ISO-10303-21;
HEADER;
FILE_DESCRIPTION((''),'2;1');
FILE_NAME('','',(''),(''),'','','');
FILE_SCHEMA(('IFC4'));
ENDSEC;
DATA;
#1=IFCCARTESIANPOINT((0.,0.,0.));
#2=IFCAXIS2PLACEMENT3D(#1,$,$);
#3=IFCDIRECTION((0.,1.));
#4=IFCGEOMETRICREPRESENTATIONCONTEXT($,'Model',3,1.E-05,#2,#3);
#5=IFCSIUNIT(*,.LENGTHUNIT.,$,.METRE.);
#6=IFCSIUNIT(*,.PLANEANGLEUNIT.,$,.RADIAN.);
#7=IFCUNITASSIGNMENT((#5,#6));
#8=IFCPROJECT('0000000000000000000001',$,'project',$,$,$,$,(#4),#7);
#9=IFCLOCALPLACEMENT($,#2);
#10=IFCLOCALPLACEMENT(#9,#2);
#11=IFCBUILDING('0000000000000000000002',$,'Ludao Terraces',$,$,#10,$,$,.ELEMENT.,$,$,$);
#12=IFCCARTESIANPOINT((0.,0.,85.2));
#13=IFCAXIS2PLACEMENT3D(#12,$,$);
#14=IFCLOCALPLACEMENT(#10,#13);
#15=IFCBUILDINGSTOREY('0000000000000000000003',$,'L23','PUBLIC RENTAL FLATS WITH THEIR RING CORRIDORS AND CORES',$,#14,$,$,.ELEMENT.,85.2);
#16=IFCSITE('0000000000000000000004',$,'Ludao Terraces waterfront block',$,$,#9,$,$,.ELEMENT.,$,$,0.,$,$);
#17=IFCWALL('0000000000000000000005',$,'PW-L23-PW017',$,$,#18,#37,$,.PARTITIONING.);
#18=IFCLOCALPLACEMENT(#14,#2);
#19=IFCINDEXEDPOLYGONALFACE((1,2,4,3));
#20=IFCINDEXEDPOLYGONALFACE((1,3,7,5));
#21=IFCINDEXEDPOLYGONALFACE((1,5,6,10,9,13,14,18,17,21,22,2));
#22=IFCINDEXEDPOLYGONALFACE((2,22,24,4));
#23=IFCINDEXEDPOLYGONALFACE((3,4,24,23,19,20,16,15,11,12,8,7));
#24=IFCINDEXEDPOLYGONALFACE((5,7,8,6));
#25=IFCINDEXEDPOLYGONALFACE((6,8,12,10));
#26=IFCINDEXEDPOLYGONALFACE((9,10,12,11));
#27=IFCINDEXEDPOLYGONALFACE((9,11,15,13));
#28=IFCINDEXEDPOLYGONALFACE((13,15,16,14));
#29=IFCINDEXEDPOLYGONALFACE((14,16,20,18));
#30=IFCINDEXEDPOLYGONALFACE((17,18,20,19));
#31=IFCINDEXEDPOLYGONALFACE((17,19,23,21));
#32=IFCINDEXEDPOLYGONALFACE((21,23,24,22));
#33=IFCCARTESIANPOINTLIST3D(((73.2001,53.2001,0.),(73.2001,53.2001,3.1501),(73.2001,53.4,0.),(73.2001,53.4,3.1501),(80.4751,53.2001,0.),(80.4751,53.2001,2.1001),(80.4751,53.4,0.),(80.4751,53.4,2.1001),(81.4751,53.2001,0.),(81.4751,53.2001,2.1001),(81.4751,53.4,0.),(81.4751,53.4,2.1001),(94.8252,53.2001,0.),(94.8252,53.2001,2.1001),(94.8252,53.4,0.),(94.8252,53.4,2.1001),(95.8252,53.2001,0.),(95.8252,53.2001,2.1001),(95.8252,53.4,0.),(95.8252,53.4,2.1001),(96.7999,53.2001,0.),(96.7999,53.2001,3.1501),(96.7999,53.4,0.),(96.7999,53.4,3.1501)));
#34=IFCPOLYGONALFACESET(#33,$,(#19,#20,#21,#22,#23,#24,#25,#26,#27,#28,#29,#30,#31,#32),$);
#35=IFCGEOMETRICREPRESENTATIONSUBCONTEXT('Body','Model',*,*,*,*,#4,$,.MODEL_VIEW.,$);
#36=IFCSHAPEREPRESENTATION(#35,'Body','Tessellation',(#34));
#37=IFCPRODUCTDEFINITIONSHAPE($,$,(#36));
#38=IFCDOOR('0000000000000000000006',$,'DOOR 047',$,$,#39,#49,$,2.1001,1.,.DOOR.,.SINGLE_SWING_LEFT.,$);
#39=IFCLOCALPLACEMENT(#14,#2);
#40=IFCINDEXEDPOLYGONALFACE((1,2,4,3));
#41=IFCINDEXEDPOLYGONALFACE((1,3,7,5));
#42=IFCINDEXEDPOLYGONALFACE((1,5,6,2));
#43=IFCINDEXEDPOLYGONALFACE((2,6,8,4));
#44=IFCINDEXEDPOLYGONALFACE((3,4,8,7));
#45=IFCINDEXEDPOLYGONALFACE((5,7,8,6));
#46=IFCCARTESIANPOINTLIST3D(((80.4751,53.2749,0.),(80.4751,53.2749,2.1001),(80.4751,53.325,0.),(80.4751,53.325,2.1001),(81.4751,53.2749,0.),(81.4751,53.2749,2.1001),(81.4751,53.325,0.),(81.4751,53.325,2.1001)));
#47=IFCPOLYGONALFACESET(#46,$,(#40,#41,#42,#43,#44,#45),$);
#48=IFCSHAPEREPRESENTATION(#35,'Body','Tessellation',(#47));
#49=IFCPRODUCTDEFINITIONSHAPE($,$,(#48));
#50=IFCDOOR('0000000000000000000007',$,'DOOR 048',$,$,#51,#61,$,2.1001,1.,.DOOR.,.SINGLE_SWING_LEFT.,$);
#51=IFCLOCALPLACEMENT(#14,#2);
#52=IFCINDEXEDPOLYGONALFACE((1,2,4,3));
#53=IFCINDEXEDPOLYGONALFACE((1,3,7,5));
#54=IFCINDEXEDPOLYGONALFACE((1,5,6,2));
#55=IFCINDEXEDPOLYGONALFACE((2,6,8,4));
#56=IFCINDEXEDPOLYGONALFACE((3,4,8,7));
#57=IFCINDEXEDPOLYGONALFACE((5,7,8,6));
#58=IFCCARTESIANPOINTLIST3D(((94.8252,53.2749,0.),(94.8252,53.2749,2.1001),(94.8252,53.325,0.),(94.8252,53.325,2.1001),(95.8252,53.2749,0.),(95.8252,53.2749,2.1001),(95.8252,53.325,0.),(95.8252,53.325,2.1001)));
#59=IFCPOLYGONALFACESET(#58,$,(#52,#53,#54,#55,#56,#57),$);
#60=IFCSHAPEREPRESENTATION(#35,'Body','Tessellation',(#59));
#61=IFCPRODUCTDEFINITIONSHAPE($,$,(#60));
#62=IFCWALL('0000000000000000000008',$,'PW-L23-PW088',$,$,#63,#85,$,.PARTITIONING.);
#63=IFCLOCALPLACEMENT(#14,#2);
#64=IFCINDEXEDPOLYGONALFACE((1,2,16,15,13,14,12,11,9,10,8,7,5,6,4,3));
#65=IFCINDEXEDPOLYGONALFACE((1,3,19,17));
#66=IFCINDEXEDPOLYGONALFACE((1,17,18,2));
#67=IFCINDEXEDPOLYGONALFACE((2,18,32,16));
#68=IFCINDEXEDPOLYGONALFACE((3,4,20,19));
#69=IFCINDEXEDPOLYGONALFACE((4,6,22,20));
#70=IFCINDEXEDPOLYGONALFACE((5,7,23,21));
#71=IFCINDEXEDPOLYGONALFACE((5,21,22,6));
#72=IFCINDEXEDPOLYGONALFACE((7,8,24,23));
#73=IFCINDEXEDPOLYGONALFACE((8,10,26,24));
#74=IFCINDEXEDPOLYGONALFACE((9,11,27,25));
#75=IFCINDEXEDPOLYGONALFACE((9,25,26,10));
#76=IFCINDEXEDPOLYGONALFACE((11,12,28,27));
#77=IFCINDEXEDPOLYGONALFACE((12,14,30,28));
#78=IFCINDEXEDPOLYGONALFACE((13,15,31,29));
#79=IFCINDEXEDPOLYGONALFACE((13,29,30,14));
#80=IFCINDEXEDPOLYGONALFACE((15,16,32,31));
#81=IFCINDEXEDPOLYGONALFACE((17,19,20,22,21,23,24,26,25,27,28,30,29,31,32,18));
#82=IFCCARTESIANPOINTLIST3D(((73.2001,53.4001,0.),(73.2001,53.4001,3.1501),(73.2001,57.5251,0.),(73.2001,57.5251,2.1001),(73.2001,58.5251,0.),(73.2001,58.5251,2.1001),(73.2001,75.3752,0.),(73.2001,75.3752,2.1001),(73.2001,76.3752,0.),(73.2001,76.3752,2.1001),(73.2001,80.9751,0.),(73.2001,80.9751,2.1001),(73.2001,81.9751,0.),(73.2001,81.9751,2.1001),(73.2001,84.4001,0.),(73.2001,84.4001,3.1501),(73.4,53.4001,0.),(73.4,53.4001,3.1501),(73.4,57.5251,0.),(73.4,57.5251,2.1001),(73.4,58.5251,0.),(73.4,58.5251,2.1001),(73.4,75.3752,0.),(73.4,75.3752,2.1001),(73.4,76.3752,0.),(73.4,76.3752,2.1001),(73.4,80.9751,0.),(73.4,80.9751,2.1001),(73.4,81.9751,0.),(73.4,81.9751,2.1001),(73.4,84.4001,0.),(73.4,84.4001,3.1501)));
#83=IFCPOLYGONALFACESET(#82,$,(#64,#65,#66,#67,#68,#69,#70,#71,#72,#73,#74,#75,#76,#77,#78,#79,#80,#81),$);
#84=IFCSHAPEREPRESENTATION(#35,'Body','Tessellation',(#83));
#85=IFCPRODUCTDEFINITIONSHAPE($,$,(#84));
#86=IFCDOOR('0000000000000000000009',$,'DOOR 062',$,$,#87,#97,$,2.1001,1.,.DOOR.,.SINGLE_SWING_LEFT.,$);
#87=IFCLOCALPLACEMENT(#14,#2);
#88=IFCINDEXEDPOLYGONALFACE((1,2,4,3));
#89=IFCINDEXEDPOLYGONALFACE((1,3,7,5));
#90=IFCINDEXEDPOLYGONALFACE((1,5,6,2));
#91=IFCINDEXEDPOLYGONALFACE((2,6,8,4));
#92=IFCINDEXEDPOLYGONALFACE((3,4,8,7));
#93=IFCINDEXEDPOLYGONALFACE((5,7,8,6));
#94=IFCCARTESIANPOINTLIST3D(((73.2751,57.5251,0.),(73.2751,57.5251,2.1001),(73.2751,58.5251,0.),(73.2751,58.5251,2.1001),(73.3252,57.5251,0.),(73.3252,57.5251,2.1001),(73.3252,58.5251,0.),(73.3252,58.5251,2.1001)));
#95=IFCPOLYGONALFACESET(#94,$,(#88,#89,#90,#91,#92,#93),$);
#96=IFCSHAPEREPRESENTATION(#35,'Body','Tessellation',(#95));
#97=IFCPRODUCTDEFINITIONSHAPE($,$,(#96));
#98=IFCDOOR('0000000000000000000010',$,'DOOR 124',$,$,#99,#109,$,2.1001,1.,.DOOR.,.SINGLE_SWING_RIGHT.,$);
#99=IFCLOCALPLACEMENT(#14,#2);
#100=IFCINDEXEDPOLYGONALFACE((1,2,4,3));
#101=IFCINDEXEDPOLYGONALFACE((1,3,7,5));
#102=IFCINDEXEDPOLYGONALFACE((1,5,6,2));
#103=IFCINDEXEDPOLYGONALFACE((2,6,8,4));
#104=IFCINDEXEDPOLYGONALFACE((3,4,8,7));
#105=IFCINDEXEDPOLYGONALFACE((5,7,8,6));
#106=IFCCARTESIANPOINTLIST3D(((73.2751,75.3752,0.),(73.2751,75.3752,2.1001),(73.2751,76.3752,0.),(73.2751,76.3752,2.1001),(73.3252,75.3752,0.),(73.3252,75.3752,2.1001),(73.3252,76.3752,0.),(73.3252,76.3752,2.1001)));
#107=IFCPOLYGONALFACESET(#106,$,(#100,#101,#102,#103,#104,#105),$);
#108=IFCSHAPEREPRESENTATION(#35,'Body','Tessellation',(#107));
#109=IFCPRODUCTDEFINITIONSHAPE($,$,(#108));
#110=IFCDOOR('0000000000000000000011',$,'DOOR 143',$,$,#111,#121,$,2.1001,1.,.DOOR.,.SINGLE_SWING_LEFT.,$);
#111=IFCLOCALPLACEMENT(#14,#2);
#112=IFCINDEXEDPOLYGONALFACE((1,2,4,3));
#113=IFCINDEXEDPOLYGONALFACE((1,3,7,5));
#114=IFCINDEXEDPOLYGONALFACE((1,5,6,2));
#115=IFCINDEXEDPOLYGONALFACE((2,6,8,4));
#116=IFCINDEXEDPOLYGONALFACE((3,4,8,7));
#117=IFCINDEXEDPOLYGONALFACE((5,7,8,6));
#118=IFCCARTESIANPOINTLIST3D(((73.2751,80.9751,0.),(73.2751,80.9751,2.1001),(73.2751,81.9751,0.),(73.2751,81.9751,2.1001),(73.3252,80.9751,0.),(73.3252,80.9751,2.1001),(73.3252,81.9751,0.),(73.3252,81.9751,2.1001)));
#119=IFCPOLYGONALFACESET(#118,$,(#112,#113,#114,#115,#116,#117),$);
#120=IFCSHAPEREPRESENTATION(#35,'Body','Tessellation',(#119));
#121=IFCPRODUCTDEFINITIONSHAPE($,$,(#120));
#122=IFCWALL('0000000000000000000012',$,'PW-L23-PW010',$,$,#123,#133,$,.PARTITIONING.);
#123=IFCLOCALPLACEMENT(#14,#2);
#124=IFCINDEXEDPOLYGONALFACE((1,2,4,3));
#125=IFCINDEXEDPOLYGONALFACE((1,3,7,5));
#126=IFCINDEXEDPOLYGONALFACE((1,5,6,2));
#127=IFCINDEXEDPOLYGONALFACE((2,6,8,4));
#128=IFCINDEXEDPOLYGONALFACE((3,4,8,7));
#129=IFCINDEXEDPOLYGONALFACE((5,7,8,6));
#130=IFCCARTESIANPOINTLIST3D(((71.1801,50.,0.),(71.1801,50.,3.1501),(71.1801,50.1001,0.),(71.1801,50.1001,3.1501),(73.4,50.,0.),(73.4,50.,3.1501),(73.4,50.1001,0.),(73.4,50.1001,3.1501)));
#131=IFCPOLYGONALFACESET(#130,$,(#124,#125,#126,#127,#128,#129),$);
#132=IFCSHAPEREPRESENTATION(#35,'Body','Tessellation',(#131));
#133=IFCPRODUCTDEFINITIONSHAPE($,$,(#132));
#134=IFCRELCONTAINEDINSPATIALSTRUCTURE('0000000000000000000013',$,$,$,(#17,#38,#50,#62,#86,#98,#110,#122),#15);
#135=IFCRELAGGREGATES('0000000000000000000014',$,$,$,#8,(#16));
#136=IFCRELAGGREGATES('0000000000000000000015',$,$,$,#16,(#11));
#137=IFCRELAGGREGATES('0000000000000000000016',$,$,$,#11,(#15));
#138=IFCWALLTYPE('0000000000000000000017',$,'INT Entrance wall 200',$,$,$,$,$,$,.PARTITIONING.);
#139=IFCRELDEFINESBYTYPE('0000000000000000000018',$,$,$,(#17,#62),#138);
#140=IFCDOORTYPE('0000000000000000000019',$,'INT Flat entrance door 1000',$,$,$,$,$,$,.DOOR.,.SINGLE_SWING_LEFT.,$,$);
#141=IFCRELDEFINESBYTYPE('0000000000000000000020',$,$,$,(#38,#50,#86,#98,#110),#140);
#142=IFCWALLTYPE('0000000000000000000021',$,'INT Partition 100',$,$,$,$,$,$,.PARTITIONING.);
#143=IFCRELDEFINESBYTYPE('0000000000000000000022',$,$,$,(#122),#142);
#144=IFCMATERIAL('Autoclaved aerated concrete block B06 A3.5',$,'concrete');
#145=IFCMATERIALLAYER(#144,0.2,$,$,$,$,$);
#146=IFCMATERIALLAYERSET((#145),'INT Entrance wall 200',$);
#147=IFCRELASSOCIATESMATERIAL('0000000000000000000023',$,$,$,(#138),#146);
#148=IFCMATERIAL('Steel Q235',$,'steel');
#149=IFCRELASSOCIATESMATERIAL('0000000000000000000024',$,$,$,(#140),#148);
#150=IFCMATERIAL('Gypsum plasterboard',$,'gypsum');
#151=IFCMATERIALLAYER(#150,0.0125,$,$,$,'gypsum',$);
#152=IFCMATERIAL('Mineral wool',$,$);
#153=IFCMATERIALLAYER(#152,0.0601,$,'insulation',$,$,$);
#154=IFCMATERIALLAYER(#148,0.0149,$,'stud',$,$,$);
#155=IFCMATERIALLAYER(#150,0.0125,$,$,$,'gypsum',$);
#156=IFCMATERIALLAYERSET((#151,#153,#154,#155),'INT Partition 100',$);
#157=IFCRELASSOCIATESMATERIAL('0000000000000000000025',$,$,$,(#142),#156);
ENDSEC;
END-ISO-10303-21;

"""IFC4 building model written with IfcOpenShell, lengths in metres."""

from ifc_helpers import new_model, si_unit, direction, frame, frame_2d, origin, place, context, subcontext, project, spatial, rectangle, extrude, material, layer, layer_set, type_object, element, fill, save


model = new_model("IFC4")

# Units and contexts
model_context = context("Model", 3, precision=1e-05, world=origin(), true_north=direction((0.0, 1.0)))
body_context = subcontext(model_context, "Body", "Model", "MODEL_VIEW")
ifc_project = project(units=[si_unit("LENGTHUNIT", "METRE"), si_unit("PLANEANGLEUNIT", "RADIAN")], contexts=[model_context])

# Site, building, storey
site_placement = place(None, origin())
site = spatial("IfcSite", under=ifc_project, at=site_placement, Name="Ludao Terraces waterfront block", CompositionType="ELEMENT", RefElevation=0.0)
building_placement = place(site_placement, origin())
building = spatial("IfcBuilding", under=site, at=building_placement, Name="Ludao Terraces", CompositionType="ELEMENT")
storey_placement = place(building_placement, frame((0.0, 0.0, 85.2)))
storey = spatial("IfcBuildingStorey", under=building, at=storey_placement, Name="L23", Description="PUBLIC RENTAL FLATS WITH THEIR RING CORRIDORS AND CORES", CompositionType="ELEMENT", Elevation=85.2)

# Walls, openings, doors
ifc_material_1 = material(Name="Autoclaved aerated concrete block B06 A3.5", Category="concrete")
ifc_layer_1 = layer(ifc_material_1, 0.2)
ifc_layer_set_1 = layer_set([ifc_layer_1], Name="INT Entrance wall 200")
wall_type_1 = type_object("IfcWallType", Name="INT Entrance wall 200", PredefinedType="PARTITIONING", material=ifc_layer_set_1)
wall_1_placement = place(storey_placement, frame((73.2002, 53.3, 0.0), z_axis=(0.0, 0.0, 1.0), x_axis=(1.0, 0.0, 0.0)))
wall_1 = element("IfcWall", 1, at=wall_1_placement, inside=storey, type_object=wall_type_1, Name="PW-L23-PW017", PredefinedType="PARTITIONING", context=body_context, shape_type="SweptSolid", body=[
    extrude(rectangle(XDim=23.5999, YDim=0.2, at=frame_2d((11.7998, 0.0))), origin(), (0.0, 0.0, 1.0), 3.1501),
])
opening_1_placement = place(wall_1_placement, frame((7.2749, 0.0, 0.0)))
opening_1 = element("IfcOpeningElement", 2, at=opening_1_placement, cuts=wall_1, PredefinedType="OPENING", context=body_context, shape_type="SweptSolid", body=[
    extrude(rectangle(XDim=1.0, YDim=2.1001, at=frame_2d((0.5, 1.05))), frame((0.0, 0.1099, 0.0), z_axis=(0.0, -1.0, 0.0), x_axis=(1.0, 0.0, 0.0)), (0.0, 0.0, 1.0), 0.22),
])
opening_2_placement = place(wall_1_placement, frame((21.625, 0.0, 0.0)))
opening_2 = element("IfcOpeningElement", 3, at=opening_2_placement, cuts=wall_1, PredefinedType="OPENING", context=body_context, shape_type="SweptSolid", body=[
    extrude(rectangle(XDim=1.0, YDim=2.1001, at=frame_2d((0.5, 1.05))), frame((0.0, 0.1099, 0.0), z_axis=(0.0, -1.0, 0.0), x_axis=(1.0, 0.0, 0.0)), (0.0, 0.0, 1.0), 0.22),
])
ifc_material_2 = material(Name="Steel Q235", Category="steel")
door_type_1 = type_object("IfcDoorType", Name="INT Flat entrance door 1000", OperationType="SINGLE_SWING_LEFT", PredefinedType="DOOR", material=ifc_material_2)
door_1_placement = place(opening_1_placement, origin())
door_1 = element("IfcDoor", 4, at=door_1_placement, inside=storey, type_object=door_type_1, Name="DOOR 047", OperationType="SINGLE_SWING_LEFT", OverallHeight=2.1001, OverallWidth=1.0, PredefinedType="DOOR", context=body_context, shape_type="SweptSolid", body=[
    extrude(rectangle(XDim=1.0, YDim=2.1001, at=frame_2d((0.5, 1.05))), frame((0.0, 0.0249, 0.0), z_axis=(0.0, -1.0, 0.0), x_axis=(1.0, 0.0, 0.0)), (0.0, 0.0, 1.0), 0.05),
])
fill(opening_1, door_1)
door_2_placement = place(opening_2_placement, origin())
door_2 = element("IfcDoor", 5, at=door_2_placement, inside=storey, type_object=door_type_1, Name="DOOR 048", OperationType="SINGLE_SWING_LEFT", OverallHeight=2.1001, OverallWidth=1.0, PredefinedType="DOOR", context=body_context, shape_type="SweptSolid", body=[
    extrude(rectangle(XDim=1.0, YDim=2.1001, at=frame_2d((0.5, 1.05))), frame((0.0, 0.0249, 0.0), z_axis=(0.0, -1.0, 0.0), x_axis=(1.0, 0.0, 0.0)), (0.0, 0.0, 1.0), 0.05),
])
fill(opening_2, door_2)
wall_2_placement = place(storey_placement, frame((73.3, 53.4001, 0.0), z_axis=(0.0, 0.0, 1.0), x_axis=(0.0, 1.0, 0.0)))
wall_2 = element("IfcWall", 6, at=wall_2_placement, inside=storey, type_object=wall_type_1, Name="PW-L23-PW088", PredefinedType="PARTITIONING", context=body_context, shape_type="SweptSolid", body=[
    extrude(rectangle(XDim=31.0, YDim=0.2, at=frame_2d((15.5, 0.0))), origin(), (0.0, 0.0, 1.0), 3.1501),
])
opening_3_placement = place(wall_2_placement, frame((4.125, 0.0, 0.0)))
opening_3 = element("IfcOpeningElement", 7, at=opening_3_placement, cuts=wall_2, PredefinedType="OPENING", context=body_context, shape_type="SweptSolid", body=[
    extrude(rectangle(XDim=1.0, YDim=2.1001, at=frame_2d((0.5, 1.05))), frame((0.0, 0.1099, 0.0), z_axis=(0.0, -1.0, 0.0), x_axis=(1.0, 0.0, 0.0)), (0.0, 0.0, 1.0), 0.22),
])
opening_4_placement = place(wall_2_placement, frame((21.9751, 0.0, 0.0)))
opening_4 = element("IfcOpeningElement", 8, at=opening_4_placement, cuts=wall_2, PredefinedType="OPENING", context=body_context, shape_type="SweptSolid", body=[
    extrude(rectangle(XDim=1.0, YDim=2.1001, at=frame_2d((0.5, 1.05))), frame((0.0, 0.1099, 0.0), z_axis=(0.0, -1.0, 0.0), x_axis=(1.0, 0.0, 0.0)), (0.0, 0.0, 1.0), 0.22),
])
opening_5_placement = place(wall_2_placement, frame((27.575, 0.0, 0.0)))
opening_5 = element("IfcOpeningElement", 9, at=opening_5_placement, cuts=wall_2, PredefinedType="OPENING", context=body_context, shape_type="SweptSolid", body=[
    extrude(rectangle(XDim=1.0, YDim=2.1001, at=frame_2d((0.5, 1.05))), frame((0.0, 0.1099, 0.0), z_axis=(0.0, -1.0, 0.0), x_axis=(1.0, 0.0, 0.0)), (0.0, 0.0, 1.0), 0.22),
])
door_3_placement = place(opening_3_placement, origin())
door_3 = element("IfcDoor", 10, at=door_3_placement, inside=storey, type_object=door_type_1, Name="DOOR 062", OperationType="SINGLE_SWING_LEFT", OverallHeight=2.1001, OverallWidth=1.0, PredefinedType="DOOR", context=body_context, shape_type="SweptSolid", body=[
    extrude(rectangle(XDim=1.0, YDim=2.1001, at=frame_2d((0.5, 1.05))), frame((0.0, 0.0249, 0.0), z_axis=(0.0, -1.0, 0.0), x_axis=(1.0, 0.0, 0.0)), (0.0, 0.0, 1.0), 0.05),
])
fill(opening_3, door_3)
door_4_placement = place(opening_4_placement, origin())
door_4 = element("IfcDoor", 11, at=door_4_placement, inside=storey, type_object=door_type_1, Name="DOOR 124", OperationType="SINGLE_SWING_RIGHT", OverallHeight=2.1001, OverallWidth=1.0, PredefinedType="DOOR", context=body_context, shape_type="SweptSolid", body=[
    extrude(rectangle(XDim=1.0, YDim=2.1001, at=frame_2d((0.5, 1.05))), frame((0.0, 0.0249, 0.0), z_axis=(0.0, -1.0, 0.0), x_axis=(1.0, 0.0, 0.0)), (0.0, 0.0, 1.0), 0.05),
])
fill(opening_4, door_4)
door_5_placement = place(opening_5_placement, origin())
door_5 = element("IfcDoor", 12, at=door_5_placement, inside=storey, type_object=door_type_1, Name="DOOR 143", OperationType="SINGLE_SWING_LEFT", OverallHeight=2.1001, OverallWidth=1.0, PredefinedType="DOOR", context=body_context, shape_type="SweptSolid", body=[
    extrude(rectangle(XDim=1.0, YDim=2.1001, at=frame_2d((0.5, 1.05))), frame((0.0, 0.0249, 0.0), z_axis=(0.0, -1.0, 0.0), x_axis=(1.0, 0.0, 0.0)), (0.0, 0.0, 1.0), 0.05),
])
fill(opening_5, door_5)

# Wall
ifc_material_3 = material(Name="Gypsum plasterboard", Category="gypsum")
ifc_layer_2 = layer(ifc_material_3, 0.0125, Category="gypsum")
ifc_material_4 = material(Name="Mineral wool")
ifc_layer_3 = layer(ifc_material_4, 0.0601, Name="insulation")
ifc_layer_4 = layer(ifc_material_2, 0.0149, Name="stud")
ifc_layer_5 = layer(ifc_material_3, 0.0125, Category="gypsum")
ifc_layer_set_2 = layer_set([ifc_layer_2, ifc_layer_3, ifc_layer_4, ifc_layer_5], Name="INT Partition 100")
wall_type_2 = type_object("IfcWallType", Name="INT Partition 100", PredefinedType="PARTITIONING", material=ifc_layer_set_2)
wall_3_placement = place(storey_placement, frame((71.1802, 50.05, 0.0), z_axis=(0.0, 0.0, 1.0), x_axis=(1.0, 0.0, 0.0)))
element("IfcWall", 13, at=wall_3_placement, inside=storey, type_object=wall_type_2, Name="PW-L23-PW010", PredefinedType="PARTITIONING", context=body_context, shape_type="SweptSolid", body=[
    extrude(rectangle(XDim=2.22, YDim=0.1001, at=frame_2d((1.1099, 0.0))), origin(), (0.0, 0.0, 1.0), 3.1501),
])

save(model, "model.ifc")
